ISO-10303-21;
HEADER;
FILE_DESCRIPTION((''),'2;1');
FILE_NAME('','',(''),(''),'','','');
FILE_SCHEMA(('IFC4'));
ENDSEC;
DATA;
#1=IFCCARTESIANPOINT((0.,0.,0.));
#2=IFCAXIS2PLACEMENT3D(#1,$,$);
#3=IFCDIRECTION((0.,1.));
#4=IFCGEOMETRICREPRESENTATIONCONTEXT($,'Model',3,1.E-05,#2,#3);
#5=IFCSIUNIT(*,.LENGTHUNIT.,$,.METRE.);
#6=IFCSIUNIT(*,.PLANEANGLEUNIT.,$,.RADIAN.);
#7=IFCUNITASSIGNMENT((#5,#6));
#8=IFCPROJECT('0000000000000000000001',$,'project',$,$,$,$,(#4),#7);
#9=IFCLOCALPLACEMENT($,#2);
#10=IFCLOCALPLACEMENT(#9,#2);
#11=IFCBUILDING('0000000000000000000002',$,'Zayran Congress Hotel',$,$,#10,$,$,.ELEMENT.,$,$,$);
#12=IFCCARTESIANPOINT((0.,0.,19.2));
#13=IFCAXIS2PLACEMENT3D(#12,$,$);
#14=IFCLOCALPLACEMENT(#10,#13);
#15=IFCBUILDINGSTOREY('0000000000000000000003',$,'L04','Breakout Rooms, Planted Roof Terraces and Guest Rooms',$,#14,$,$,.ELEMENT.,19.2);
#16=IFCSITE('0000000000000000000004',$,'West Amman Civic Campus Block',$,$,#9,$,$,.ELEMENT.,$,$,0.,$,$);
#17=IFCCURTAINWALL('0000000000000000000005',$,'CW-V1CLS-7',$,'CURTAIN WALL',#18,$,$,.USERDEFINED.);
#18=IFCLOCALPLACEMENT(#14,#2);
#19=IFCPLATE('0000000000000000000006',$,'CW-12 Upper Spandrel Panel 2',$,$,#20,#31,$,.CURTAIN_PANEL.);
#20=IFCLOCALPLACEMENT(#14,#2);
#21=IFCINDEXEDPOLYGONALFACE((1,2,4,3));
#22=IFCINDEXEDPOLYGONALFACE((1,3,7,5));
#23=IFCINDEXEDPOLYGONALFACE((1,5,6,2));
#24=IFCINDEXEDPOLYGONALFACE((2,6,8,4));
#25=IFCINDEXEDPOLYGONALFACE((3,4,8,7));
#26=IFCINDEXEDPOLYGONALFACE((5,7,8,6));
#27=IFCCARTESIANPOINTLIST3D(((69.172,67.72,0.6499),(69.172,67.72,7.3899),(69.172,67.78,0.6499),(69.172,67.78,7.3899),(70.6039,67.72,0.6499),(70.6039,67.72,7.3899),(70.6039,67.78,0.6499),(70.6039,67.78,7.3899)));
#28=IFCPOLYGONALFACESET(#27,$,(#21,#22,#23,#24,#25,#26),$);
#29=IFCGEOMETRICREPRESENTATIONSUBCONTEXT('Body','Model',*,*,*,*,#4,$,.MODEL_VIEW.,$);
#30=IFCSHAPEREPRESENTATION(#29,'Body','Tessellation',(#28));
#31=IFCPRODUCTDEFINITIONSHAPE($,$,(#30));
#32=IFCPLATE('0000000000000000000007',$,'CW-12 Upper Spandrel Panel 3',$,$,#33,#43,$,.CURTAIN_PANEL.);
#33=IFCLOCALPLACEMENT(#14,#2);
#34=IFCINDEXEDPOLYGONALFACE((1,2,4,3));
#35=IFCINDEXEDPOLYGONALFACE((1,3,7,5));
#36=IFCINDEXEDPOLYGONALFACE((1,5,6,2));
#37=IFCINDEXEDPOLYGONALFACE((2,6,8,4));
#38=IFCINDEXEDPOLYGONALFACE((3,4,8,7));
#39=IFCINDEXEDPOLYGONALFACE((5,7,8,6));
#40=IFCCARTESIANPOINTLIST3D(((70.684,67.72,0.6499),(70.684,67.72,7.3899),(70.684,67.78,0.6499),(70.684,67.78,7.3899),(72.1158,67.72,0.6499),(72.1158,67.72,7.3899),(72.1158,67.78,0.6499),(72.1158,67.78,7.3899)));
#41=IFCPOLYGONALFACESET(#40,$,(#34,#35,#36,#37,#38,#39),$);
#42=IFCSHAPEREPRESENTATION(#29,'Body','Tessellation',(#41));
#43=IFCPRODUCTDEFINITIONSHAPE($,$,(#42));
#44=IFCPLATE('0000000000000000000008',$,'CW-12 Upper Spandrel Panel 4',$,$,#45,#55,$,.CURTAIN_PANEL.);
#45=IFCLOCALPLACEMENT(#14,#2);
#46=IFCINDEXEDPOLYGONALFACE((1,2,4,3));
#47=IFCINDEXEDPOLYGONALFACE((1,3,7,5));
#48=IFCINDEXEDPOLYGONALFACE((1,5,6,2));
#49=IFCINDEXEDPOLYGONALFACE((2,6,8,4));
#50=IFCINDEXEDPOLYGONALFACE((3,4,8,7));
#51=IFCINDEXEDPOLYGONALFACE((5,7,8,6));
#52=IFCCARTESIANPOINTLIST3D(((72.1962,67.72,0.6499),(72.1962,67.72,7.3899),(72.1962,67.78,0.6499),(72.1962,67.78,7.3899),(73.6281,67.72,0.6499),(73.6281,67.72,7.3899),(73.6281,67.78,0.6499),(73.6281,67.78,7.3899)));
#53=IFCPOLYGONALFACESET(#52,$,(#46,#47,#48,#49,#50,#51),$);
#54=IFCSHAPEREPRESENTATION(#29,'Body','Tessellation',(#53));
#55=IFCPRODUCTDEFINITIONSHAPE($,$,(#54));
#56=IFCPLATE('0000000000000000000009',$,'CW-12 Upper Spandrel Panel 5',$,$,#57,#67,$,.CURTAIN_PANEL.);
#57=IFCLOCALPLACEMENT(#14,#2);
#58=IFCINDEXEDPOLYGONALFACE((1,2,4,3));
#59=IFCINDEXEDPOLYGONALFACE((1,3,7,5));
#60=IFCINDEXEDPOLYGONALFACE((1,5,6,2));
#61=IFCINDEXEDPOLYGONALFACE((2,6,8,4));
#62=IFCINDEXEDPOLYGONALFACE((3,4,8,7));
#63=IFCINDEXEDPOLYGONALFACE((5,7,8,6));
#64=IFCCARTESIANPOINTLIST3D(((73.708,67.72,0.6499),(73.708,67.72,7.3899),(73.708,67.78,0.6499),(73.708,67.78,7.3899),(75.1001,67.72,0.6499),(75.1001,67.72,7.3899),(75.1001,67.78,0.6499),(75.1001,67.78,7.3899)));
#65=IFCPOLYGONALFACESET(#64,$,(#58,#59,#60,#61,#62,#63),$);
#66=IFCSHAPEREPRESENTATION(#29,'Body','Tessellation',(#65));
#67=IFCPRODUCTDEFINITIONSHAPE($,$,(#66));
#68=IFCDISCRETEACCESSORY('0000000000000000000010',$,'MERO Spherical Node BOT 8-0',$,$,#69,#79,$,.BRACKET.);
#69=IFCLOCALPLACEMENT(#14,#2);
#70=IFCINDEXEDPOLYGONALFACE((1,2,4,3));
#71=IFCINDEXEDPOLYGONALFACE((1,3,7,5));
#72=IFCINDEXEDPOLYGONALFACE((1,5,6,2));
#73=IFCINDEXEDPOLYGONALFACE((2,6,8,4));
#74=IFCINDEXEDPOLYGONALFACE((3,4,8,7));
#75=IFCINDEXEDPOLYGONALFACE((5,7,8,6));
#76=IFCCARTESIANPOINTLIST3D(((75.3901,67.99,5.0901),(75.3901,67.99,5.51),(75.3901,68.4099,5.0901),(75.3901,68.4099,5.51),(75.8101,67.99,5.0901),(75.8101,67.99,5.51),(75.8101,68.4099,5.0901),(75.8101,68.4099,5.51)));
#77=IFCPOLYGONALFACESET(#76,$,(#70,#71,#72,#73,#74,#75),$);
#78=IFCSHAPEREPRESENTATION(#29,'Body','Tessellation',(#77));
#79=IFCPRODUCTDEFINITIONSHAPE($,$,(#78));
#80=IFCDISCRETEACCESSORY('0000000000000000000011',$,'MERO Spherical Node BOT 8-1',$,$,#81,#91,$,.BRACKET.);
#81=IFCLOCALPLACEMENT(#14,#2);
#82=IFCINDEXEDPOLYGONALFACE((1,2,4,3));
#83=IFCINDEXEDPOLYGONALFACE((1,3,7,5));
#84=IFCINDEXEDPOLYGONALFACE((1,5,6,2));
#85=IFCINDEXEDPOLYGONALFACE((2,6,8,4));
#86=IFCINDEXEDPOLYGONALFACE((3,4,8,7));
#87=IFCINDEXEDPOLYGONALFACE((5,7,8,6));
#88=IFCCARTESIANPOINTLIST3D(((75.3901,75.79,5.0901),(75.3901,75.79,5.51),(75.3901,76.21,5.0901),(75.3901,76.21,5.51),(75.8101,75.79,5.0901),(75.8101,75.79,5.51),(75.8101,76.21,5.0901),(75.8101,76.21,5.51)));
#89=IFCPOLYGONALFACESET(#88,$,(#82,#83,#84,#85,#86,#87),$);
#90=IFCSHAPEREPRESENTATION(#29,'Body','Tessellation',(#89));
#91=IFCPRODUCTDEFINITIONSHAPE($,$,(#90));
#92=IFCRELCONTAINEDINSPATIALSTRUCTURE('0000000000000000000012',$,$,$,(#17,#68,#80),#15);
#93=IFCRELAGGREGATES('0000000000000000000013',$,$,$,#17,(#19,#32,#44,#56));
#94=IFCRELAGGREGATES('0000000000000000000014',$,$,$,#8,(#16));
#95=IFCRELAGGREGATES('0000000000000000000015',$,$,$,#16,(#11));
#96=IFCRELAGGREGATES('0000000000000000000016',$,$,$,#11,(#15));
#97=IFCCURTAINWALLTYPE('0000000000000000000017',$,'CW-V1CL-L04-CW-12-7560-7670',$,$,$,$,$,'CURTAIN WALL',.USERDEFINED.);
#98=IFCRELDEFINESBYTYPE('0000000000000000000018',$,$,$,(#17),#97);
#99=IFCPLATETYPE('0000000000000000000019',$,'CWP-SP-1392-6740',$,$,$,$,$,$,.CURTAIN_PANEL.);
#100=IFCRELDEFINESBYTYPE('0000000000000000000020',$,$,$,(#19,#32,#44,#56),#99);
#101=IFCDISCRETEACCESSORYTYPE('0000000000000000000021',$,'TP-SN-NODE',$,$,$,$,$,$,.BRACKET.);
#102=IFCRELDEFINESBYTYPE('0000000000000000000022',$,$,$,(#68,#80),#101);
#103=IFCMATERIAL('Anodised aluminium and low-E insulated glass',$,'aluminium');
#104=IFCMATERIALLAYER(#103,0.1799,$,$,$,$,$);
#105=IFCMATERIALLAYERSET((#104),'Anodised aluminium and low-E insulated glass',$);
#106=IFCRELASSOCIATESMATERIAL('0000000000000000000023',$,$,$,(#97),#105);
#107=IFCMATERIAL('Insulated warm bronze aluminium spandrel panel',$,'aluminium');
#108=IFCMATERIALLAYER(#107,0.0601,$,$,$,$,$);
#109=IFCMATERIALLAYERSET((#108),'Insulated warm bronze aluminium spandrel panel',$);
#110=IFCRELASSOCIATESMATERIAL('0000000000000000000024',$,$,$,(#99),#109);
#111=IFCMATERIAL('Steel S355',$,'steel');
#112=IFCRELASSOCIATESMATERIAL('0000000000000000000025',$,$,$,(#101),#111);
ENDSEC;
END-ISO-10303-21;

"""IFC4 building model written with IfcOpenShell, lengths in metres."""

from ifc_helpers import new_model, si_unit, direction, frame, origin, origin_2d, place, context, subcontext, project, spatial, rectangle, extrude, material, layer, layer_set, type_object, element, aggregate, save


model = new_model("IFC4")

# Units and contexts
model_context = context("Model", 3, precision=1e-05, world=origin(), true_north=direction((0.0, 1.0)))
body_context = subcontext(model_context, "Body", "Model", "MODEL_VIEW")
ifc_project = project(units=[si_unit("LENGTHUNIT", "METRE"), si_unit("PLANEANGLEUNIT", "RADIAN")], contexts=[model_context])

# Site, building, storey
site_placement = place(None, origin())
site = spatial("IfcSite", under=ifc_project, at=site_placement, Name="West Amman Civic Campus Block", CompositionType="ELEMENT", RefElevation=0.0)
building_placement = place(site_placement, origin())
building = spatial("IfcBuilding", under=site, at=building_placement, Name="Zayran Congress Hotel", CompositionType="ELEMENT")
storey_placement = place(building_placement, frame((0.0, 0.0, 19.2)))
storey = spatial("IfcBuildingStorey", under=building, at=storey_placement, Name="L04", Description="Breakout Rooms, Planted Roof Terraces and Guest Rooms", CompositionType="ELEMENT", Elevation=19.2)

# Shared definitions
ifc_material_1 = material(Name="Steel S355", Category="steel")

# Curtain wall
ifc_material_2 = material(Name="Anodised aluminium and low-E insulated glass", Category="aluminium")
ifc_layer_1 = layer(ifc_material_2, 0.1799)
ifc_layer_set_1 = layer_set([ifc_layer_1], Name="Anodised aluminium and low-E insulated glass")
curtain_wall_type = type_object("IfcCurtainWallType", Name="CW-V1CL-L04-CW-12-7560-7670", ElementType="CURTAIN WALL", PredefinedType="USERDEFINED", material=ifc_layer_set_1)
curtain_wall_placement = place(storey_placement, origin())
curtain_wall = element("IfcCurtainWall", 1, at=curtain_wall_placement, inside=storey, type_object=curtain_wall_type, Name="CW-V1CLS-7", ObjectType="CURTAIN WALL", PredefinedType="USERDEFINED")

# Plates
ifc_material_3 = material(Name="Insulated warm bronze aluminium spandrel panel", Category="aluminium")
ifc_layer_2 = layer(ifc_material_3, 0.0601)
ifc_layer_set_2 = layer_set([ifc_layer_2], Name="Insulated warm bronze aluminium spandrel panel")
plate_type_1 = type_object("IfcPlateType", Name="CWP-SP-1392-6740", PredefinedType="CURTAIN_PANEL", material=ifc_layer_set_2)
plate_1_placement = place(storey_placement, frame((69.8879, 67.75, 0.6499), z_axis=(0.0, 0.0, 1.0), x_axis=(1.0, 0.0, 0.0)))
plate_1 = element("IfcPlate", 2, at=plate_1_placement, type_object=plate_type_1, Name="CW-12 Upper Spandrel Panel 2", PredefinedType="CURTAIN_PANEL", context=body_context, shape_type="SweptSolid", body=[
    extrude(rectangle(XDim=1.4319, YDim=0.0601, at=origin_2d()), origin(), (0.0, 0.0, 1.0), 6.74),
])
plate_2_placement = place(storey_placement, frame((71.3999, 67.75, 0.6499), z_axis=(0.0, 0.0, 1.0), x_axis=(1.0, 0.0, 0.0)))
plate_2 = element("IfcPlate", 3, at=plate_2_placement, type_object=plate_type_1, Name="CW-12 Upper Spandrel Panel 3", PredefinedType="CURTAIN_PANEL", context=body_context, shape_type="SweptSolid", body=[
    extrude(rectangle(XDim=1.4319, YDim=0.0601, at=origin_2d()), origin(), (0.0, 0.0, 1.0), 6.74),
])
plate_3_placement = place(storey_placement, frame((72.9121, 67.75, 0.6499), z_axis=(0.0, 0.0, 1.0), x_axis=(1.0, 0.0, 0.0)))
plate_3 = element("IfcPlate", 4, at=plate_3_placement, type_object=plate_type_1, Name="CW-12 Upper Spandrel Panel 4", PredefinedType="CURTAIN_PANEL", context=body_context, shape_type="SweptSolid", body=[
    extrude(rectangle(XDim=1.4319, YDim=0.0601, at=origin_2d()), origin(), (0.0, 0.0, 1.0), 6.74),
])
plate_4_placement = place(storey_placement, frame((74.4041, 67.75, 0.6499), z_axis=(0.0, 0.0, 1.0), x_axis=(1.0, 0.0, 0.0)))
plate_4 = element("IfcPlate", 5, at=plate_4_placement, type_object=plate_type_1, Name="CW-12 Upper Spandrel Panel 5", PredefinedType="CURTAIN_PANEL", context=body_context, shape_type="SweptSolid", body=[
    extrude(rectangle(XDim=1.3921, YDim=0.0601, at=origin_2d()), origin(), (0.0, 0.0, 1.0), 6.74),
])
aggregate(curtain_wall, [plate_1, plate_2, plate_3, plate_4])

# Discrete accessories
discrete_accessory_type = type_object("IfcDiscreteAccessoryType", Name="TP-SN-NODE", PredefinedType="BRACKET", material=ifc_material_1)
for number, where, z_axis, x_axis, name in (
    (6, (75.6001, 68.2, 5.0901), (0.0, 0.0, 1.0), (1.0, 0.0, 0.0), "MERO Spherical Node BOT 8-0"),
    (7, (75.6001, 76.0, 5.0901), (0.0, 0.0, 1.0), (1.0, 0.0, 0.0), "MERO Spherical Node BOT 8-1"),
):
    element("IfcDiscreteAccessory", number, at=place(storey_placement, frame(where, z_axis=z_axis, x_axis=x_axis)), inside=storey, type_object=discrete_accessory_type, Name=name, PredefinedType="BRACKET", context=body_context, shape_type="SweptSolid", body=[
        extrude(rectangle(XDim=0.4199, YDim=0.4199, at=origin_2d()), origin(), (0.0, 0.0, 1.0), 0.4199),
    ])

save(model, "model.ifc")
